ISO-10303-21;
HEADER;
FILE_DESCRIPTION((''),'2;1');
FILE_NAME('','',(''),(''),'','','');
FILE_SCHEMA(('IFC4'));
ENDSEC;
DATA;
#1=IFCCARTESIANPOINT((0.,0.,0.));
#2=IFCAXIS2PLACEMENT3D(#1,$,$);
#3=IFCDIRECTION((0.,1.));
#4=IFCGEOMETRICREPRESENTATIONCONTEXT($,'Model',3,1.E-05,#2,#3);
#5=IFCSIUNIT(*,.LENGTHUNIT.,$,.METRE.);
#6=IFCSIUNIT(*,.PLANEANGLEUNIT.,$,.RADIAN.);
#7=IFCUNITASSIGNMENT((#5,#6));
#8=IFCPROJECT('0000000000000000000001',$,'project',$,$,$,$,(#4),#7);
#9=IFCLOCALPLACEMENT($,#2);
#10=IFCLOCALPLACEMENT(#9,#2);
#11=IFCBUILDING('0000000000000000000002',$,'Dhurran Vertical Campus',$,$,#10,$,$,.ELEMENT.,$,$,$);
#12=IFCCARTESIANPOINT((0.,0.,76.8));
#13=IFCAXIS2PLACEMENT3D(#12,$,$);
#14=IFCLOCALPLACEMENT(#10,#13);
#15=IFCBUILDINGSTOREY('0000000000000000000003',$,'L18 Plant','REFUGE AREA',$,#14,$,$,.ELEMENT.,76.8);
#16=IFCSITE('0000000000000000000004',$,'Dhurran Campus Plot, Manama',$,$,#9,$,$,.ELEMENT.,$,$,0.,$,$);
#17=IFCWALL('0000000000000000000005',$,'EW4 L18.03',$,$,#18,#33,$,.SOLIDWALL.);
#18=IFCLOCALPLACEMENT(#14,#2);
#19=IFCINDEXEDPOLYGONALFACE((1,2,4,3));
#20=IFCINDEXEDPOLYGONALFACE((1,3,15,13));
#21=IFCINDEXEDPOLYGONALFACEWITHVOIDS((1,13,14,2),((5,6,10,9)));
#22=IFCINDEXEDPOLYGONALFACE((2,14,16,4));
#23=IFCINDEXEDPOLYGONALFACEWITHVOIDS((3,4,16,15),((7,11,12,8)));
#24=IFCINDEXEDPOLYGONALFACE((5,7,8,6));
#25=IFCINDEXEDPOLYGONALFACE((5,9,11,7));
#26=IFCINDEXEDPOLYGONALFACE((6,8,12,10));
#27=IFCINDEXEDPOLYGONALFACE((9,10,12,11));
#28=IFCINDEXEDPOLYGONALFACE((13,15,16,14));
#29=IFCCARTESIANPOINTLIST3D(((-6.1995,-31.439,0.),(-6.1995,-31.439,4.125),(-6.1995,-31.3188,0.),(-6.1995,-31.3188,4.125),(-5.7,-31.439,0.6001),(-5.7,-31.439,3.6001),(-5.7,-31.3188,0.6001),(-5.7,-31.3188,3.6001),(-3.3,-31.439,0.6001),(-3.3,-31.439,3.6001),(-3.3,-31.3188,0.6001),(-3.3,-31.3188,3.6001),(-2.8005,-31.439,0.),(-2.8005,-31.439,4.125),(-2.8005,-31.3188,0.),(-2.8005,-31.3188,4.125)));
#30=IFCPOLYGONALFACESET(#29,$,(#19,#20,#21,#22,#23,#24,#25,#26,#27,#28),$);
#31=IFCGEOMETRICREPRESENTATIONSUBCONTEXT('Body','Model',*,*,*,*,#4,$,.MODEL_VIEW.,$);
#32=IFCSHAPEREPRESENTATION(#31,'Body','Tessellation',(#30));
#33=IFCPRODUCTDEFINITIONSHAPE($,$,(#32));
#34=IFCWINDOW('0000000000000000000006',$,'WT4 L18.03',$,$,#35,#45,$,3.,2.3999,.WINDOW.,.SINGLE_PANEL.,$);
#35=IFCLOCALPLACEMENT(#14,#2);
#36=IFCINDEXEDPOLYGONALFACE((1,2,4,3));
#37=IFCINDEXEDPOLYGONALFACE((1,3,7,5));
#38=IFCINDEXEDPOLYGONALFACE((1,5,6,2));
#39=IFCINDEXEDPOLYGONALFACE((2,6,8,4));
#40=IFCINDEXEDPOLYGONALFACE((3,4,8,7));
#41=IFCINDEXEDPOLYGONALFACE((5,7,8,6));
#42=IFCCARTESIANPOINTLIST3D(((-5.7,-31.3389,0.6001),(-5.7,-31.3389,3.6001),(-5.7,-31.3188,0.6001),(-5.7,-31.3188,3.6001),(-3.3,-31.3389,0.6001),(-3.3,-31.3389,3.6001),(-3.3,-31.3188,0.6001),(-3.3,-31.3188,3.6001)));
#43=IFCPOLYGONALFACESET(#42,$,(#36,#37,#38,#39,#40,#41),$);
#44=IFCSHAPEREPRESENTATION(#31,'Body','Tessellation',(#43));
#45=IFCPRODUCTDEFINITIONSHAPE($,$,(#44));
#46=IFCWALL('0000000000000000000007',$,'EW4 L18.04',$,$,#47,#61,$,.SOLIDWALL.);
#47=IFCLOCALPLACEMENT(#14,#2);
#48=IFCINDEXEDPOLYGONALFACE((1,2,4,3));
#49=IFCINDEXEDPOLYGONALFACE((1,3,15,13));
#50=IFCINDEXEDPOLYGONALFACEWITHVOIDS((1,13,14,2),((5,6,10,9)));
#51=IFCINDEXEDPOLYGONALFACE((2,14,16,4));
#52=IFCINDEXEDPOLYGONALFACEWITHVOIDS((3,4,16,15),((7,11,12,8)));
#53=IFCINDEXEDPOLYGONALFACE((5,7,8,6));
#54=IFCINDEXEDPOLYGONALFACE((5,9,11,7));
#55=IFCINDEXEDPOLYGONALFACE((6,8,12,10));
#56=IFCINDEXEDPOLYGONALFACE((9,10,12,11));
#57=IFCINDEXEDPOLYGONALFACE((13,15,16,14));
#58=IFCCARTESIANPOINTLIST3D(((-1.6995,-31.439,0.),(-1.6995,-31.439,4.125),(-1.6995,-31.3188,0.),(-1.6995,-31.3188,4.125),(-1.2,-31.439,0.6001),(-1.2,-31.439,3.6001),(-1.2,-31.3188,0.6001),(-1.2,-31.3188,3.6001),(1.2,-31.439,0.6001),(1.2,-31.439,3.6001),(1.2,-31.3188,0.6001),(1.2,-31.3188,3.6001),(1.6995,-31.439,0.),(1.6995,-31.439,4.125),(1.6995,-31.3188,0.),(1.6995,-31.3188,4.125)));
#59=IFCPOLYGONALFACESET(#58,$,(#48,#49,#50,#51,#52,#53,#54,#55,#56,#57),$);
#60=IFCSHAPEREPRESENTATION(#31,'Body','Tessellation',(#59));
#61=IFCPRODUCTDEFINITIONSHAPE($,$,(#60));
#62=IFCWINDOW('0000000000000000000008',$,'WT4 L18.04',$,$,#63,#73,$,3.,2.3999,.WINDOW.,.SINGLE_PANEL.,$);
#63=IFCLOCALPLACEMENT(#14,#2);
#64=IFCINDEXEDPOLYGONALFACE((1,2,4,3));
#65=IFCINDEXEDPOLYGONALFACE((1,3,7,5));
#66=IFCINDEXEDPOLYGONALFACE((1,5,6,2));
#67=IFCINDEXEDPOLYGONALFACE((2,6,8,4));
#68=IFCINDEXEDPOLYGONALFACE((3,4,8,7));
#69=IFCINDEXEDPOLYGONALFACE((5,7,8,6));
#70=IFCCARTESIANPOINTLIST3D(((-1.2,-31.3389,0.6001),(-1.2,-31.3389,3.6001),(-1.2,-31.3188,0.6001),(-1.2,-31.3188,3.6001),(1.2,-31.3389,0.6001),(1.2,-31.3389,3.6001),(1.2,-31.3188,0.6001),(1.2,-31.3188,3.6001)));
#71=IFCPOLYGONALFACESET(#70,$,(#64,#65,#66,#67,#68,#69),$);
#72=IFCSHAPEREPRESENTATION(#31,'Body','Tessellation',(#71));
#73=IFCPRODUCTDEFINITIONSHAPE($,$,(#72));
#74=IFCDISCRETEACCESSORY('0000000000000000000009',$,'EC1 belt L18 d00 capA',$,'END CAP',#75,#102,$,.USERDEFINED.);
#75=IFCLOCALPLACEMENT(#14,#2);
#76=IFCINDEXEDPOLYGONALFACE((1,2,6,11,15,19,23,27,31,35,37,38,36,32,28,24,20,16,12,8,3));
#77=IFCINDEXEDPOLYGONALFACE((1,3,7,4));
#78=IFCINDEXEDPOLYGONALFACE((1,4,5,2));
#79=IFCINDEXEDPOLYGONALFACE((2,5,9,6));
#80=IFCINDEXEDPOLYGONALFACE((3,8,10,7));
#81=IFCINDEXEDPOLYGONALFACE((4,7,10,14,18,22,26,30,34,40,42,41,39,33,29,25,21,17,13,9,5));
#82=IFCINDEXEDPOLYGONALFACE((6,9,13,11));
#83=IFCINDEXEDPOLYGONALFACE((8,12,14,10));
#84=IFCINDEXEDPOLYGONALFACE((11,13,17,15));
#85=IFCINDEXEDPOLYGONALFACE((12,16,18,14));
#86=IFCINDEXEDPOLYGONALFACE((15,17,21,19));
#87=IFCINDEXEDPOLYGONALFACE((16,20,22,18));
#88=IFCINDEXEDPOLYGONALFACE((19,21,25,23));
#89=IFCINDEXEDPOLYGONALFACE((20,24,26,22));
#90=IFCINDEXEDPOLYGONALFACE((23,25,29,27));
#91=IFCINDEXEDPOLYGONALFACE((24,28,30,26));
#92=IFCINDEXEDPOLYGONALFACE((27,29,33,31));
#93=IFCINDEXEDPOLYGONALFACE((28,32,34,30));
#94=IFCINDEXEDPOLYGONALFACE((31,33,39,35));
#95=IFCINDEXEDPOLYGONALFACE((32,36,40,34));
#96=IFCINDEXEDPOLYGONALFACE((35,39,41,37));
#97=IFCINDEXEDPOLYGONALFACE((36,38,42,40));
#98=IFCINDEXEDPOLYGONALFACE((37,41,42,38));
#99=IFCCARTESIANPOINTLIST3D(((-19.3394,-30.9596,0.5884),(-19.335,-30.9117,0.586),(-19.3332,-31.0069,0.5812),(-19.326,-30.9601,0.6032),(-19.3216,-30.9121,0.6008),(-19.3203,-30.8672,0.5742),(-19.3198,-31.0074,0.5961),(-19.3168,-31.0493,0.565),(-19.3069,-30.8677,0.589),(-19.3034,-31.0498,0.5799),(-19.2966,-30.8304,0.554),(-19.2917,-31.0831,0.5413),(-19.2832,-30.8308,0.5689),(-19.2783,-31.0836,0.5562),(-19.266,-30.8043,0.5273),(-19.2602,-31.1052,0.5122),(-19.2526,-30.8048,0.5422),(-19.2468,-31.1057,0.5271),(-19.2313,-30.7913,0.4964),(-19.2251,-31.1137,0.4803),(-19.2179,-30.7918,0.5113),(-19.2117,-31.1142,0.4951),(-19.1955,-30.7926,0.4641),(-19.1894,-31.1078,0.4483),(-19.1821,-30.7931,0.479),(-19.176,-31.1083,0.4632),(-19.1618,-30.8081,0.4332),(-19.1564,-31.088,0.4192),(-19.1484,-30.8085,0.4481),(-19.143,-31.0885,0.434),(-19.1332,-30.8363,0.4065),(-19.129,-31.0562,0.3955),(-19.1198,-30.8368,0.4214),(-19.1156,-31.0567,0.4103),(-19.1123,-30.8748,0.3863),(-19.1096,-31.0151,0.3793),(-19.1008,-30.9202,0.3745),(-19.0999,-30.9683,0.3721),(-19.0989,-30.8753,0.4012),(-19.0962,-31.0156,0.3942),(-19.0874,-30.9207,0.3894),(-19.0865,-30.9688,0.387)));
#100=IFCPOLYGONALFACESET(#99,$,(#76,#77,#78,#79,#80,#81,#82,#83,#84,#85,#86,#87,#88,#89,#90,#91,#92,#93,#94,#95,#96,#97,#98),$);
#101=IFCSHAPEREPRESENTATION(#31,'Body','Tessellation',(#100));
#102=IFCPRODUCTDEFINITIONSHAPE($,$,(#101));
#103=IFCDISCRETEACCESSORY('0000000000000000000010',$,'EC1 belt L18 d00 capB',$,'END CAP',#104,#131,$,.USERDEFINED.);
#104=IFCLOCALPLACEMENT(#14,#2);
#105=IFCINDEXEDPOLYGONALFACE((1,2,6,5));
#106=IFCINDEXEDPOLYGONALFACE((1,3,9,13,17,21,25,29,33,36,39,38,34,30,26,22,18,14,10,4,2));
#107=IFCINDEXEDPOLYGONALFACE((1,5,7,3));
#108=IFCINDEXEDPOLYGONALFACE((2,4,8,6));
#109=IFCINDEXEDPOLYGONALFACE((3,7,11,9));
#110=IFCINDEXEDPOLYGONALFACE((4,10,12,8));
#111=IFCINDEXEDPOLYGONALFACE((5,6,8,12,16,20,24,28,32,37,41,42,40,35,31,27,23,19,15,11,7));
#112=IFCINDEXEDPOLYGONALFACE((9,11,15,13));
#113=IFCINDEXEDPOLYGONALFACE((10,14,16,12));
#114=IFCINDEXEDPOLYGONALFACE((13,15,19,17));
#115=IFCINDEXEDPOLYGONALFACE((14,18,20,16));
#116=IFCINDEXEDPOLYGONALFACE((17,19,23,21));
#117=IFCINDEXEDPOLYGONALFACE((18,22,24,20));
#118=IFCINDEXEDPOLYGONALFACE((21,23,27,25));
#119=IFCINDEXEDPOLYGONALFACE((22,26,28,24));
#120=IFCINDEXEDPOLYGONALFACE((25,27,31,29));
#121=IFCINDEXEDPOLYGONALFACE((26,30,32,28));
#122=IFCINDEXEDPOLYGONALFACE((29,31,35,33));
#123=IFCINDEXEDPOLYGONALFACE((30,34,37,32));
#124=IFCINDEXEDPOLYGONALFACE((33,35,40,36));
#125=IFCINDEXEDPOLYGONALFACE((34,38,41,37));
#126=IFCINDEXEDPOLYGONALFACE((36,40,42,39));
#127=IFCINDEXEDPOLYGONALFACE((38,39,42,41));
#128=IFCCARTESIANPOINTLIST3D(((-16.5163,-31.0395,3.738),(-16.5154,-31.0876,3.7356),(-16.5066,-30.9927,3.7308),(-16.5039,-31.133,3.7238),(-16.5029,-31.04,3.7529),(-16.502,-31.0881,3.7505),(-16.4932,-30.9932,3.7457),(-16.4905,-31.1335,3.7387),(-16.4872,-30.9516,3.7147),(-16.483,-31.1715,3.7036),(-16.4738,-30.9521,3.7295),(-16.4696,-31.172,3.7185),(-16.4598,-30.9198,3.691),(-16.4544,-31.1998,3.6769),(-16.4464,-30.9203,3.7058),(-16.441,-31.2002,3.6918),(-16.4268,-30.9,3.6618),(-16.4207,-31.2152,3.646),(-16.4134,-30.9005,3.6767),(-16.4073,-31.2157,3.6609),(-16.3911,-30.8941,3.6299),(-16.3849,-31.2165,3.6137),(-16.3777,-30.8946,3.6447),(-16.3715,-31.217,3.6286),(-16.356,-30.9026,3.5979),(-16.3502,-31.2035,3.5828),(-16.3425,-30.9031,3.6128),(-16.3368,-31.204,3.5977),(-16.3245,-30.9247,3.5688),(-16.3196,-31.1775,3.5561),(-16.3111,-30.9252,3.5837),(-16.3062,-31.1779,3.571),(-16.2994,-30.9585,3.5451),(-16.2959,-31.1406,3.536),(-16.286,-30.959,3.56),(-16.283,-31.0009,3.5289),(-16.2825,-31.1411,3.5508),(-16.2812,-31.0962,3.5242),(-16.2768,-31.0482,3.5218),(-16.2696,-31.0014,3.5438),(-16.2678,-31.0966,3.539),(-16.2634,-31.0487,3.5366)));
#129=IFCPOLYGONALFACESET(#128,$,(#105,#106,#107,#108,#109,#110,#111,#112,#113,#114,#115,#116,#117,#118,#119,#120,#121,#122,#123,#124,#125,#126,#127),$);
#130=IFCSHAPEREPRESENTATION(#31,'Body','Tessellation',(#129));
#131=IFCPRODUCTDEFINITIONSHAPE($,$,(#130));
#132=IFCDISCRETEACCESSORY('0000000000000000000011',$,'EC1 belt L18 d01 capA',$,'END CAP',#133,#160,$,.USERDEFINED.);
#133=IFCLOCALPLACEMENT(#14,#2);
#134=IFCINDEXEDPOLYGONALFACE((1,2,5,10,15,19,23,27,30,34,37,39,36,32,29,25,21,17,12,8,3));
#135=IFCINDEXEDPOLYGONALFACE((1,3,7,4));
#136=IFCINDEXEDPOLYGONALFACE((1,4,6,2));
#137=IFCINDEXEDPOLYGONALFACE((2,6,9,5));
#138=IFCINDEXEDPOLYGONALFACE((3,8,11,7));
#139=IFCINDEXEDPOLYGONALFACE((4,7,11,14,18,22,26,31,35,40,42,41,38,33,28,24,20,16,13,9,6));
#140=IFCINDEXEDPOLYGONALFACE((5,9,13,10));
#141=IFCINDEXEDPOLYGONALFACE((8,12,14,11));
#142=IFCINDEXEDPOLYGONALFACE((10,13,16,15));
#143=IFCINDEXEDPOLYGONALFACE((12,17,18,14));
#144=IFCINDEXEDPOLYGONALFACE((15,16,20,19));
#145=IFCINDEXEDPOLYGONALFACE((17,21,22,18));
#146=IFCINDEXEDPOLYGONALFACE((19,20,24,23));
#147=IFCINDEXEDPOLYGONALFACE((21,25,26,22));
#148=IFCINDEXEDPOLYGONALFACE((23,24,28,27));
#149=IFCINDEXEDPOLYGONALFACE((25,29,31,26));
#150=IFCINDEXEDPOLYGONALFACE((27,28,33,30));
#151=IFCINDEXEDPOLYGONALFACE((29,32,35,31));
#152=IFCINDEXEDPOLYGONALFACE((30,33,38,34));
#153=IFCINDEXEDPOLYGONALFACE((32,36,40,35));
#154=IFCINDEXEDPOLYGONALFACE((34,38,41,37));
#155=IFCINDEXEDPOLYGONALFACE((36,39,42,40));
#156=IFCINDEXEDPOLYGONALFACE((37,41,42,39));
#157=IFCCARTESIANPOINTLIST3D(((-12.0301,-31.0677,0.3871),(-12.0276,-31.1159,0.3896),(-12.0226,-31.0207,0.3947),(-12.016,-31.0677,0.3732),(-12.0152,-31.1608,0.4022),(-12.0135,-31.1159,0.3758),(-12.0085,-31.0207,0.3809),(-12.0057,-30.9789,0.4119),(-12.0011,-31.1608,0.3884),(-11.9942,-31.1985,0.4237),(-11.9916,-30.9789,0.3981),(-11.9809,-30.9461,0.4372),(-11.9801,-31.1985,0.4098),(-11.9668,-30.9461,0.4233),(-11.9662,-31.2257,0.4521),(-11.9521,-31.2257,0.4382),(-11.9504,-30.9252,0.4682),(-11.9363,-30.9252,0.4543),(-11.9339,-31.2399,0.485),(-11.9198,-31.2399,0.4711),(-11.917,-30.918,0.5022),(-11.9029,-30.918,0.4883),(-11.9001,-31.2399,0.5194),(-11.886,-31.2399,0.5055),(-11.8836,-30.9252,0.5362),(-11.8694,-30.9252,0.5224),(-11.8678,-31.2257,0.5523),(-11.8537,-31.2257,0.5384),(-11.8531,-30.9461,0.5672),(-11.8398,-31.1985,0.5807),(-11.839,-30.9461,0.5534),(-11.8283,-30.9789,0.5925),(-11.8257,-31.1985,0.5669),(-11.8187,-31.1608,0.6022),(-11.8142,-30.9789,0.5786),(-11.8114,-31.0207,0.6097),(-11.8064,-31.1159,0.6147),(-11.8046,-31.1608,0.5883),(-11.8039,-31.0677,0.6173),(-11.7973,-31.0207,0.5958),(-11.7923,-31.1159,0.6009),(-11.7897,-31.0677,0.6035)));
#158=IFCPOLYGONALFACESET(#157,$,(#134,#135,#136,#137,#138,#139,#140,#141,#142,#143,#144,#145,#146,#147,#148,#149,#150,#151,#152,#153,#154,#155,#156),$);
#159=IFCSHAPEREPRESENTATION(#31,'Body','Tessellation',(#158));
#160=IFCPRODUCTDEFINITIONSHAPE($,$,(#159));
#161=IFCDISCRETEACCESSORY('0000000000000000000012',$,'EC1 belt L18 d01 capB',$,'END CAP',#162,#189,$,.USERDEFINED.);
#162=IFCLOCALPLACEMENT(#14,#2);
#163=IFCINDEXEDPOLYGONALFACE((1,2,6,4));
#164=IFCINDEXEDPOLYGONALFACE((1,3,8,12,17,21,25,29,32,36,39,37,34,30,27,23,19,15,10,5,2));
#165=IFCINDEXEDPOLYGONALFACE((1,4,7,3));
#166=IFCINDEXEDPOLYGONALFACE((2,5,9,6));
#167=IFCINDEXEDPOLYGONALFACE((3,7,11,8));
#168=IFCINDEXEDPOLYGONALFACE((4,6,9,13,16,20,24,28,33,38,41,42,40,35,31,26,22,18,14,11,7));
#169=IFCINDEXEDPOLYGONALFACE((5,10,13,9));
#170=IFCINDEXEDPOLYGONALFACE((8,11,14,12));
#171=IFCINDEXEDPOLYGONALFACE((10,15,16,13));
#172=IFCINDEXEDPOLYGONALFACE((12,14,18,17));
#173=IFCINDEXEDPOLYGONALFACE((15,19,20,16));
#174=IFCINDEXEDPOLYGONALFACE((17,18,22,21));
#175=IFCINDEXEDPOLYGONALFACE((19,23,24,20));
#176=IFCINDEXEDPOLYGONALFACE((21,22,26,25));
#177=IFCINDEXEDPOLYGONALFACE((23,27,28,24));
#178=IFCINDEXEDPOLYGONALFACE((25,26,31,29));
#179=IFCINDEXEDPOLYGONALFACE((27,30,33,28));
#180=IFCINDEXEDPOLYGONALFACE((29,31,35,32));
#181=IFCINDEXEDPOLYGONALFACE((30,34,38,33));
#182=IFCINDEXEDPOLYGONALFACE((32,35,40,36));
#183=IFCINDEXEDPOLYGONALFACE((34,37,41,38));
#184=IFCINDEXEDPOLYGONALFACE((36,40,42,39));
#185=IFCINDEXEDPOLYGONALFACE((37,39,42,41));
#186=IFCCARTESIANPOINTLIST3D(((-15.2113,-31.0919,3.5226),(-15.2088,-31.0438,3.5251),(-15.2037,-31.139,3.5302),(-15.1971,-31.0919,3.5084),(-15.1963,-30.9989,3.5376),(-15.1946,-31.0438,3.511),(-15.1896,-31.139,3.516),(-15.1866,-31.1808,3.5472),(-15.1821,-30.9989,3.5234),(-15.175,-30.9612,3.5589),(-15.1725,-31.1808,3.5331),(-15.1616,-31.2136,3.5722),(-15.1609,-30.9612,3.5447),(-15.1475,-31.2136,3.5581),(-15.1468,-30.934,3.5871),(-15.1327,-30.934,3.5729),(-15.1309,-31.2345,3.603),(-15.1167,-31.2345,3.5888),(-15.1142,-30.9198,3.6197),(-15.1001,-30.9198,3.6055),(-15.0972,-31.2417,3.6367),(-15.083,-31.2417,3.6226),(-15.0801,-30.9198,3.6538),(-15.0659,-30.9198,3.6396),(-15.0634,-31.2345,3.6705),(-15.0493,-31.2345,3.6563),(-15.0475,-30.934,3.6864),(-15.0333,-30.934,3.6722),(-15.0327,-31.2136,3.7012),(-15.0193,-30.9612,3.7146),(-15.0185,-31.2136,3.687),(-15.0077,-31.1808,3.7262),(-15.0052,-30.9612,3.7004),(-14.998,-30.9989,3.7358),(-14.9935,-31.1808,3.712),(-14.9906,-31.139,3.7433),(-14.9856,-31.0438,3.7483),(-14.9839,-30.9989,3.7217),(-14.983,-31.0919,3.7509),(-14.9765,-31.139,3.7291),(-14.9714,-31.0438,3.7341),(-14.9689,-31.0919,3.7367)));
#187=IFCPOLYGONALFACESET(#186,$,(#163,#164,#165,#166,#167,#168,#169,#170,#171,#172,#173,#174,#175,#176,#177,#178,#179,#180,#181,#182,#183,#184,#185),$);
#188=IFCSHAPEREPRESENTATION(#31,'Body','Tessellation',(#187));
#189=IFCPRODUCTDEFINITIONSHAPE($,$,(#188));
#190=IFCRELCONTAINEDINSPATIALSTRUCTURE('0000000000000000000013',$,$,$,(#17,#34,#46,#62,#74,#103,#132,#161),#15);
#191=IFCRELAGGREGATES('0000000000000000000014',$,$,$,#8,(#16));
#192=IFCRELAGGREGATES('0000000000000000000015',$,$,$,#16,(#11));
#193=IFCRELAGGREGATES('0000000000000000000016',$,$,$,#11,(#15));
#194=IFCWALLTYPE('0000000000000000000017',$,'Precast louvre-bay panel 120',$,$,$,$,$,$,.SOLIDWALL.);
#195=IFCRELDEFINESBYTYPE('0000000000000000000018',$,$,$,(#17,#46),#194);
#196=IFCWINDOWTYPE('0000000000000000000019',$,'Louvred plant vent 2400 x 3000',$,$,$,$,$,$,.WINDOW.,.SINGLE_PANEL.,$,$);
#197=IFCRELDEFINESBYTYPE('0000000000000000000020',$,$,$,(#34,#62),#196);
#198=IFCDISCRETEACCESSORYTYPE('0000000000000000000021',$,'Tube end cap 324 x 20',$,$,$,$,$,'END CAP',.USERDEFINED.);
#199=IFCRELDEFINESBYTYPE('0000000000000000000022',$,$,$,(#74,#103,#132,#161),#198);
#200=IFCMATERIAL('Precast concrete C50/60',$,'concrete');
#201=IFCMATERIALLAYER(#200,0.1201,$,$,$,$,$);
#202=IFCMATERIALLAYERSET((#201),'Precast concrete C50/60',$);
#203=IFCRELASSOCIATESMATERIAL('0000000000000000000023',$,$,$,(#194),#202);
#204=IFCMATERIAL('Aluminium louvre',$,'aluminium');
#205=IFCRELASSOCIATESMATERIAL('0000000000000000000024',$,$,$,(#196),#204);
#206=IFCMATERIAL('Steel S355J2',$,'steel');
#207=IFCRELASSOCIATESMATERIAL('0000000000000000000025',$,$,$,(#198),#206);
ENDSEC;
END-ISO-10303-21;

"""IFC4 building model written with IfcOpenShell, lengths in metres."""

from ifc_helpers import new_model, si_unit, direction, frame, frame_2d, origin, origin_2d, place, context, subcontext, project, spatial, rectangle, circle, extrude, material, layer, layer_set, material_profile, profile_set, type_object, element, fill, save


model = new_model("IFC4")

# Units and contexts
model_context = context("Model", 3, precision=1e-05, world=origin(), true_north=direction((0.0, 1.0)))
body_context = subcontext(model_context, "Body", "Model", "MODEL_VIEW")
ifc_project = project(units=[si_unit("LENGTHUNIT", "METRE"), si_unit("PLANEANGLEUNIT", "RADIAN")], contexts=[model_context])

# Site, building, storey
site_placement = place(None, origin())
site = spatial("IfcSite", under=ifc_project, at=site_placement, Name="Dhurran Campus Plot, Manama", CompositionType="ELEMENT", RefElevation=0.0)
building_placement = place(site_placement, origin())
building = spatial("IfcBuilding", under=site, at=building_placement, Name="Dhurran Vertical Campus", CompositionType="ELEMENT")
storey_placement = place(building_placement, frame((0.0, 0.0, 76.8)))
storey = spatial("IfcBuildingStorey", under=building, at=storey_placement, Name="L18 Plant", Description="REFUGE AREA", CompositionType="ELEMENT", Elevation=76.8)

# Walls, openings, windows
ifc_material_1 = material(Name="Precast concrete C50/60", Category="concrete")
ifc_layer = layer(ifc_material_1, 0.1201)
ifc_layer_set = layer_set([ifc_layer], Name="Precast concrete C50/60")
wall_type = type_object("IfcWallType", Name="Precast louvre-bay panel 120", PredefinedType="SOLIDWALL", material=ifc_layer_set)
ifc_material_2 = material(Name="Aluminium louvre", Category="aluminium")
window_type = type_object("IfcWindowType", Name="Louvred plant vent 2400 x 3000", PartitioningType="SINGLE_PANEL", PredefinedType="WINDOW", material=ifc_material_2)
wall_1_placement = place(storey_placement, frame((-6.1995, -31.3789, 0.0), z_axis=(0.0, 0.0, 1.0), x_axis=(1.0, 0.0, 0.0)))
wall_1 = element("IfcWall", 1, at=wall_1_placement, inside=storey, type_object=wall_type, Name="EW4 L18.03", PredefinedType="SOLIDWALL", context=body_context, shape_type="SweptSolid", body=[
    extrude(rectangle(XDim=3.3989, YDim=0.1201, at=frame_2d((1.6995, 0.0))), origin(), (0.0, 0.0, 1.0), 4.125),
])
opening_1_placement = place(wall_1_placement, frame((0.4995, 0.0, 0.6001)))
opening_1 = element("IfcOpeningElement", 2, at=opening_1_placement, cuts=wall_1, PredefinedType="OPENING", context=body_context, shape_type="SweptSolid", body=[
    extrude(rectangle(XDim=2.3999, YDim=3.0, at=frame_2d((1.2, 1.5))), frame((0.0, 0.0701, 0.0), z_axis=(0.0, -1.0, 0.0), x_axis=(1.0, 0.0, 0.0)), (0.0, 0.0, 1.0), 0.1401),
])
window_1_placement = place(opening_1_placement, origin())
window_1 = element("IfcWindow", 3, at=window_1_placement, inside=storey, type_object=window_type, Name="WT4 L18.03", OverallHeight=3.0, OverallWidth=2.3999, PartitioningType="SINGLE_PANEL", PredefinedType="WINDOW", context=body_context, shape_type="SweptSolid", body=[
    extrude(rectangle(XDim=2.3999, YDim=3.0, at=frame_2d((1.2, 1.5))), frame((0.0, 0.0601, 0.0), z_axis=(0.0, -1.0, 0.0), x_axis=(1.0, 0.0, 0.0)), (0.0, 0.0, 1.0), 0.02),
])
fill(opening_1, window_1)
wall_2_placement = place(storey_placement, frame((-1.6995, -31.3789, 0.0), z_axis=(0.0, 0.0, 1.0), x_axis=(1.0, 0.0, 0.0)))
wall_2 = element("IfcWall", 4, at=wall_2_placement, inside=storey, type_object=wall_type, Name="EW4 L18.04", PredefinedType="SOLIDWALL", context=body_context, shape_type="SweptSolid", body=[
    extrude(rectangle(XDim=3.3989, YDim=0.1201, at=frame_2d((1.6995, 0.0))), origin(), (0.0, 0.0, 1.0), 4.125),
])
opening_2_placement = place(wall_2_placement, frame((0.4995, 0.0, 0.6001)))
opening_2 = element("IfcOpeningElement", 5, at=opening_2_placement, cuts=wall_2, PredefinedType="OPENING", context=body_context, shape_type="SweptSolid", body=[
    extrude(rectangle(XDim=2.3999, YDim=3.0, at=frame_2d((1.2, 1.5))), frame((0.0, 0.0701, 0.0), z_axis=(0.0, -1.0, 0.0), x_axis=(1.0, 0.0, 0.0)), (0.0, 0.0, 1.0), 0.1401),
])
window_2_placement = place(opening_2_placement, origin())
window_2 = element("IfcWindow", 6, at=window_2_placement, inside=storey, type_object=window_type, Name="WT4 L18.04", OverallHeight=3.0, OverallWidth=2.3999, PartitioningType="SINGLE_PANEL", PredefinedType="WINDOW", context=body_context, shape_type="SweptSolid", body=[
    extrude(rectangle(XDim=2.3999, YDim=3.0, at=frame_2d((1.2, 1.5))), frame((0.0, 0.0601, 0.0), z_axis=(0.0, -1.0, 0.0), x_axis=(1.0, 0.0, 0.0)), (0.0, 0.0, 1.0), 0.02),
])
fill(opening_2, window_2)

# Discrete accessories
ifc_material_3 = material(Name="Steel S355J2", Category="steel")
ifc_material_profile_1 = material_profile(ifc_material_3, circle(Radius=0.1619, at=origin_2d()), Name="Tube end cap 324 x 20")
ifc_profile_set_1 = profile_set([ifc_material_profile_1], Name="Steel S355J2")
discrete_accessory_type = type_object("IfcDiscreteAccessoryType", Name="Tube end cap 324 x 20", ElementType="END CAP", PredefinedType="USERDEFINED", material=ifc_profile_set_1)
for number, where, z_axis, x_axis, name in (
    (7, (-19.2058, -30.9524, 0.4951), (-0.669439, 0.024343, -0.742468), (-0.03634, -0.999339, 0.0), "EC1 belt L18 d00 capA"),
    (8, (-16.397, -31.0559, 3.6299), (0.669439, -0.024343, 0.742468), (0.03634, 0.999339, 0.0), "EC1 belt L18 d00 capB"),
):
    element("IfcDiscreteAccessory", number, at=place(storey_placement, frame(where, z_axis=z_axis, x_axis=x_axis)), inside=storey, type_object=discrete_accessory_type, Name=name, ObjectType="END CAP", PredefinedType="USERDEFINED", context=body_context, shape_type="SweptSolid", body=[
        extrude(circle(Radius=0.1619, at=origin_2d()), origin(), (0.0, 0.0, 1.0), 0.02),
    ])
discrete_accessory_1_placement = place(storey_placement, frame((-11.917, -31.0798, 0.5022), z_axis=(0.713229, 0.0, -0.700932), x_axis=(0.0, 1.0, 0.0)))
element("IfcDiscreteAccessory", 9, at=discrete_accessory_1_placement, inside=storey, type_object=discrete_accessory_type, Name="EC1 belt L18 d01 capA", ObjectType="END CAP", PredefinedType="USERDEFINED", context=body_context, shape_type="SweptSolid", body=[
    extrude(circle(Radius=0.1619, at=origin_2d()), origin(), (0.0, 0.0, 1.0), 0.0198),
])
discrete_accessory_2_placement = place(storey_placement, frame((-15.083, -31.0798, 3.6226), z_axis=(-0.707107, 0.0, 0.707107), x_axis=(0.0, -1.0, 0.0)))
element("IfcDiscreteAccessory", 10, at=discrete_accessory_2_placement, inside=storey, type_object=discrete_accessory_type, Name="EC1 belt L18 d01 capB", ObjectType="END CAP", PredefinedType="USERDEFINED", context=body_context, shape_type="SweptSolid", body=[
    extrude(circle(Radius=0.1619, at=origin_2d()), origin(), (0.0, 0.0, 1.0), 0.02),
])

save(model, "model.ifc")
